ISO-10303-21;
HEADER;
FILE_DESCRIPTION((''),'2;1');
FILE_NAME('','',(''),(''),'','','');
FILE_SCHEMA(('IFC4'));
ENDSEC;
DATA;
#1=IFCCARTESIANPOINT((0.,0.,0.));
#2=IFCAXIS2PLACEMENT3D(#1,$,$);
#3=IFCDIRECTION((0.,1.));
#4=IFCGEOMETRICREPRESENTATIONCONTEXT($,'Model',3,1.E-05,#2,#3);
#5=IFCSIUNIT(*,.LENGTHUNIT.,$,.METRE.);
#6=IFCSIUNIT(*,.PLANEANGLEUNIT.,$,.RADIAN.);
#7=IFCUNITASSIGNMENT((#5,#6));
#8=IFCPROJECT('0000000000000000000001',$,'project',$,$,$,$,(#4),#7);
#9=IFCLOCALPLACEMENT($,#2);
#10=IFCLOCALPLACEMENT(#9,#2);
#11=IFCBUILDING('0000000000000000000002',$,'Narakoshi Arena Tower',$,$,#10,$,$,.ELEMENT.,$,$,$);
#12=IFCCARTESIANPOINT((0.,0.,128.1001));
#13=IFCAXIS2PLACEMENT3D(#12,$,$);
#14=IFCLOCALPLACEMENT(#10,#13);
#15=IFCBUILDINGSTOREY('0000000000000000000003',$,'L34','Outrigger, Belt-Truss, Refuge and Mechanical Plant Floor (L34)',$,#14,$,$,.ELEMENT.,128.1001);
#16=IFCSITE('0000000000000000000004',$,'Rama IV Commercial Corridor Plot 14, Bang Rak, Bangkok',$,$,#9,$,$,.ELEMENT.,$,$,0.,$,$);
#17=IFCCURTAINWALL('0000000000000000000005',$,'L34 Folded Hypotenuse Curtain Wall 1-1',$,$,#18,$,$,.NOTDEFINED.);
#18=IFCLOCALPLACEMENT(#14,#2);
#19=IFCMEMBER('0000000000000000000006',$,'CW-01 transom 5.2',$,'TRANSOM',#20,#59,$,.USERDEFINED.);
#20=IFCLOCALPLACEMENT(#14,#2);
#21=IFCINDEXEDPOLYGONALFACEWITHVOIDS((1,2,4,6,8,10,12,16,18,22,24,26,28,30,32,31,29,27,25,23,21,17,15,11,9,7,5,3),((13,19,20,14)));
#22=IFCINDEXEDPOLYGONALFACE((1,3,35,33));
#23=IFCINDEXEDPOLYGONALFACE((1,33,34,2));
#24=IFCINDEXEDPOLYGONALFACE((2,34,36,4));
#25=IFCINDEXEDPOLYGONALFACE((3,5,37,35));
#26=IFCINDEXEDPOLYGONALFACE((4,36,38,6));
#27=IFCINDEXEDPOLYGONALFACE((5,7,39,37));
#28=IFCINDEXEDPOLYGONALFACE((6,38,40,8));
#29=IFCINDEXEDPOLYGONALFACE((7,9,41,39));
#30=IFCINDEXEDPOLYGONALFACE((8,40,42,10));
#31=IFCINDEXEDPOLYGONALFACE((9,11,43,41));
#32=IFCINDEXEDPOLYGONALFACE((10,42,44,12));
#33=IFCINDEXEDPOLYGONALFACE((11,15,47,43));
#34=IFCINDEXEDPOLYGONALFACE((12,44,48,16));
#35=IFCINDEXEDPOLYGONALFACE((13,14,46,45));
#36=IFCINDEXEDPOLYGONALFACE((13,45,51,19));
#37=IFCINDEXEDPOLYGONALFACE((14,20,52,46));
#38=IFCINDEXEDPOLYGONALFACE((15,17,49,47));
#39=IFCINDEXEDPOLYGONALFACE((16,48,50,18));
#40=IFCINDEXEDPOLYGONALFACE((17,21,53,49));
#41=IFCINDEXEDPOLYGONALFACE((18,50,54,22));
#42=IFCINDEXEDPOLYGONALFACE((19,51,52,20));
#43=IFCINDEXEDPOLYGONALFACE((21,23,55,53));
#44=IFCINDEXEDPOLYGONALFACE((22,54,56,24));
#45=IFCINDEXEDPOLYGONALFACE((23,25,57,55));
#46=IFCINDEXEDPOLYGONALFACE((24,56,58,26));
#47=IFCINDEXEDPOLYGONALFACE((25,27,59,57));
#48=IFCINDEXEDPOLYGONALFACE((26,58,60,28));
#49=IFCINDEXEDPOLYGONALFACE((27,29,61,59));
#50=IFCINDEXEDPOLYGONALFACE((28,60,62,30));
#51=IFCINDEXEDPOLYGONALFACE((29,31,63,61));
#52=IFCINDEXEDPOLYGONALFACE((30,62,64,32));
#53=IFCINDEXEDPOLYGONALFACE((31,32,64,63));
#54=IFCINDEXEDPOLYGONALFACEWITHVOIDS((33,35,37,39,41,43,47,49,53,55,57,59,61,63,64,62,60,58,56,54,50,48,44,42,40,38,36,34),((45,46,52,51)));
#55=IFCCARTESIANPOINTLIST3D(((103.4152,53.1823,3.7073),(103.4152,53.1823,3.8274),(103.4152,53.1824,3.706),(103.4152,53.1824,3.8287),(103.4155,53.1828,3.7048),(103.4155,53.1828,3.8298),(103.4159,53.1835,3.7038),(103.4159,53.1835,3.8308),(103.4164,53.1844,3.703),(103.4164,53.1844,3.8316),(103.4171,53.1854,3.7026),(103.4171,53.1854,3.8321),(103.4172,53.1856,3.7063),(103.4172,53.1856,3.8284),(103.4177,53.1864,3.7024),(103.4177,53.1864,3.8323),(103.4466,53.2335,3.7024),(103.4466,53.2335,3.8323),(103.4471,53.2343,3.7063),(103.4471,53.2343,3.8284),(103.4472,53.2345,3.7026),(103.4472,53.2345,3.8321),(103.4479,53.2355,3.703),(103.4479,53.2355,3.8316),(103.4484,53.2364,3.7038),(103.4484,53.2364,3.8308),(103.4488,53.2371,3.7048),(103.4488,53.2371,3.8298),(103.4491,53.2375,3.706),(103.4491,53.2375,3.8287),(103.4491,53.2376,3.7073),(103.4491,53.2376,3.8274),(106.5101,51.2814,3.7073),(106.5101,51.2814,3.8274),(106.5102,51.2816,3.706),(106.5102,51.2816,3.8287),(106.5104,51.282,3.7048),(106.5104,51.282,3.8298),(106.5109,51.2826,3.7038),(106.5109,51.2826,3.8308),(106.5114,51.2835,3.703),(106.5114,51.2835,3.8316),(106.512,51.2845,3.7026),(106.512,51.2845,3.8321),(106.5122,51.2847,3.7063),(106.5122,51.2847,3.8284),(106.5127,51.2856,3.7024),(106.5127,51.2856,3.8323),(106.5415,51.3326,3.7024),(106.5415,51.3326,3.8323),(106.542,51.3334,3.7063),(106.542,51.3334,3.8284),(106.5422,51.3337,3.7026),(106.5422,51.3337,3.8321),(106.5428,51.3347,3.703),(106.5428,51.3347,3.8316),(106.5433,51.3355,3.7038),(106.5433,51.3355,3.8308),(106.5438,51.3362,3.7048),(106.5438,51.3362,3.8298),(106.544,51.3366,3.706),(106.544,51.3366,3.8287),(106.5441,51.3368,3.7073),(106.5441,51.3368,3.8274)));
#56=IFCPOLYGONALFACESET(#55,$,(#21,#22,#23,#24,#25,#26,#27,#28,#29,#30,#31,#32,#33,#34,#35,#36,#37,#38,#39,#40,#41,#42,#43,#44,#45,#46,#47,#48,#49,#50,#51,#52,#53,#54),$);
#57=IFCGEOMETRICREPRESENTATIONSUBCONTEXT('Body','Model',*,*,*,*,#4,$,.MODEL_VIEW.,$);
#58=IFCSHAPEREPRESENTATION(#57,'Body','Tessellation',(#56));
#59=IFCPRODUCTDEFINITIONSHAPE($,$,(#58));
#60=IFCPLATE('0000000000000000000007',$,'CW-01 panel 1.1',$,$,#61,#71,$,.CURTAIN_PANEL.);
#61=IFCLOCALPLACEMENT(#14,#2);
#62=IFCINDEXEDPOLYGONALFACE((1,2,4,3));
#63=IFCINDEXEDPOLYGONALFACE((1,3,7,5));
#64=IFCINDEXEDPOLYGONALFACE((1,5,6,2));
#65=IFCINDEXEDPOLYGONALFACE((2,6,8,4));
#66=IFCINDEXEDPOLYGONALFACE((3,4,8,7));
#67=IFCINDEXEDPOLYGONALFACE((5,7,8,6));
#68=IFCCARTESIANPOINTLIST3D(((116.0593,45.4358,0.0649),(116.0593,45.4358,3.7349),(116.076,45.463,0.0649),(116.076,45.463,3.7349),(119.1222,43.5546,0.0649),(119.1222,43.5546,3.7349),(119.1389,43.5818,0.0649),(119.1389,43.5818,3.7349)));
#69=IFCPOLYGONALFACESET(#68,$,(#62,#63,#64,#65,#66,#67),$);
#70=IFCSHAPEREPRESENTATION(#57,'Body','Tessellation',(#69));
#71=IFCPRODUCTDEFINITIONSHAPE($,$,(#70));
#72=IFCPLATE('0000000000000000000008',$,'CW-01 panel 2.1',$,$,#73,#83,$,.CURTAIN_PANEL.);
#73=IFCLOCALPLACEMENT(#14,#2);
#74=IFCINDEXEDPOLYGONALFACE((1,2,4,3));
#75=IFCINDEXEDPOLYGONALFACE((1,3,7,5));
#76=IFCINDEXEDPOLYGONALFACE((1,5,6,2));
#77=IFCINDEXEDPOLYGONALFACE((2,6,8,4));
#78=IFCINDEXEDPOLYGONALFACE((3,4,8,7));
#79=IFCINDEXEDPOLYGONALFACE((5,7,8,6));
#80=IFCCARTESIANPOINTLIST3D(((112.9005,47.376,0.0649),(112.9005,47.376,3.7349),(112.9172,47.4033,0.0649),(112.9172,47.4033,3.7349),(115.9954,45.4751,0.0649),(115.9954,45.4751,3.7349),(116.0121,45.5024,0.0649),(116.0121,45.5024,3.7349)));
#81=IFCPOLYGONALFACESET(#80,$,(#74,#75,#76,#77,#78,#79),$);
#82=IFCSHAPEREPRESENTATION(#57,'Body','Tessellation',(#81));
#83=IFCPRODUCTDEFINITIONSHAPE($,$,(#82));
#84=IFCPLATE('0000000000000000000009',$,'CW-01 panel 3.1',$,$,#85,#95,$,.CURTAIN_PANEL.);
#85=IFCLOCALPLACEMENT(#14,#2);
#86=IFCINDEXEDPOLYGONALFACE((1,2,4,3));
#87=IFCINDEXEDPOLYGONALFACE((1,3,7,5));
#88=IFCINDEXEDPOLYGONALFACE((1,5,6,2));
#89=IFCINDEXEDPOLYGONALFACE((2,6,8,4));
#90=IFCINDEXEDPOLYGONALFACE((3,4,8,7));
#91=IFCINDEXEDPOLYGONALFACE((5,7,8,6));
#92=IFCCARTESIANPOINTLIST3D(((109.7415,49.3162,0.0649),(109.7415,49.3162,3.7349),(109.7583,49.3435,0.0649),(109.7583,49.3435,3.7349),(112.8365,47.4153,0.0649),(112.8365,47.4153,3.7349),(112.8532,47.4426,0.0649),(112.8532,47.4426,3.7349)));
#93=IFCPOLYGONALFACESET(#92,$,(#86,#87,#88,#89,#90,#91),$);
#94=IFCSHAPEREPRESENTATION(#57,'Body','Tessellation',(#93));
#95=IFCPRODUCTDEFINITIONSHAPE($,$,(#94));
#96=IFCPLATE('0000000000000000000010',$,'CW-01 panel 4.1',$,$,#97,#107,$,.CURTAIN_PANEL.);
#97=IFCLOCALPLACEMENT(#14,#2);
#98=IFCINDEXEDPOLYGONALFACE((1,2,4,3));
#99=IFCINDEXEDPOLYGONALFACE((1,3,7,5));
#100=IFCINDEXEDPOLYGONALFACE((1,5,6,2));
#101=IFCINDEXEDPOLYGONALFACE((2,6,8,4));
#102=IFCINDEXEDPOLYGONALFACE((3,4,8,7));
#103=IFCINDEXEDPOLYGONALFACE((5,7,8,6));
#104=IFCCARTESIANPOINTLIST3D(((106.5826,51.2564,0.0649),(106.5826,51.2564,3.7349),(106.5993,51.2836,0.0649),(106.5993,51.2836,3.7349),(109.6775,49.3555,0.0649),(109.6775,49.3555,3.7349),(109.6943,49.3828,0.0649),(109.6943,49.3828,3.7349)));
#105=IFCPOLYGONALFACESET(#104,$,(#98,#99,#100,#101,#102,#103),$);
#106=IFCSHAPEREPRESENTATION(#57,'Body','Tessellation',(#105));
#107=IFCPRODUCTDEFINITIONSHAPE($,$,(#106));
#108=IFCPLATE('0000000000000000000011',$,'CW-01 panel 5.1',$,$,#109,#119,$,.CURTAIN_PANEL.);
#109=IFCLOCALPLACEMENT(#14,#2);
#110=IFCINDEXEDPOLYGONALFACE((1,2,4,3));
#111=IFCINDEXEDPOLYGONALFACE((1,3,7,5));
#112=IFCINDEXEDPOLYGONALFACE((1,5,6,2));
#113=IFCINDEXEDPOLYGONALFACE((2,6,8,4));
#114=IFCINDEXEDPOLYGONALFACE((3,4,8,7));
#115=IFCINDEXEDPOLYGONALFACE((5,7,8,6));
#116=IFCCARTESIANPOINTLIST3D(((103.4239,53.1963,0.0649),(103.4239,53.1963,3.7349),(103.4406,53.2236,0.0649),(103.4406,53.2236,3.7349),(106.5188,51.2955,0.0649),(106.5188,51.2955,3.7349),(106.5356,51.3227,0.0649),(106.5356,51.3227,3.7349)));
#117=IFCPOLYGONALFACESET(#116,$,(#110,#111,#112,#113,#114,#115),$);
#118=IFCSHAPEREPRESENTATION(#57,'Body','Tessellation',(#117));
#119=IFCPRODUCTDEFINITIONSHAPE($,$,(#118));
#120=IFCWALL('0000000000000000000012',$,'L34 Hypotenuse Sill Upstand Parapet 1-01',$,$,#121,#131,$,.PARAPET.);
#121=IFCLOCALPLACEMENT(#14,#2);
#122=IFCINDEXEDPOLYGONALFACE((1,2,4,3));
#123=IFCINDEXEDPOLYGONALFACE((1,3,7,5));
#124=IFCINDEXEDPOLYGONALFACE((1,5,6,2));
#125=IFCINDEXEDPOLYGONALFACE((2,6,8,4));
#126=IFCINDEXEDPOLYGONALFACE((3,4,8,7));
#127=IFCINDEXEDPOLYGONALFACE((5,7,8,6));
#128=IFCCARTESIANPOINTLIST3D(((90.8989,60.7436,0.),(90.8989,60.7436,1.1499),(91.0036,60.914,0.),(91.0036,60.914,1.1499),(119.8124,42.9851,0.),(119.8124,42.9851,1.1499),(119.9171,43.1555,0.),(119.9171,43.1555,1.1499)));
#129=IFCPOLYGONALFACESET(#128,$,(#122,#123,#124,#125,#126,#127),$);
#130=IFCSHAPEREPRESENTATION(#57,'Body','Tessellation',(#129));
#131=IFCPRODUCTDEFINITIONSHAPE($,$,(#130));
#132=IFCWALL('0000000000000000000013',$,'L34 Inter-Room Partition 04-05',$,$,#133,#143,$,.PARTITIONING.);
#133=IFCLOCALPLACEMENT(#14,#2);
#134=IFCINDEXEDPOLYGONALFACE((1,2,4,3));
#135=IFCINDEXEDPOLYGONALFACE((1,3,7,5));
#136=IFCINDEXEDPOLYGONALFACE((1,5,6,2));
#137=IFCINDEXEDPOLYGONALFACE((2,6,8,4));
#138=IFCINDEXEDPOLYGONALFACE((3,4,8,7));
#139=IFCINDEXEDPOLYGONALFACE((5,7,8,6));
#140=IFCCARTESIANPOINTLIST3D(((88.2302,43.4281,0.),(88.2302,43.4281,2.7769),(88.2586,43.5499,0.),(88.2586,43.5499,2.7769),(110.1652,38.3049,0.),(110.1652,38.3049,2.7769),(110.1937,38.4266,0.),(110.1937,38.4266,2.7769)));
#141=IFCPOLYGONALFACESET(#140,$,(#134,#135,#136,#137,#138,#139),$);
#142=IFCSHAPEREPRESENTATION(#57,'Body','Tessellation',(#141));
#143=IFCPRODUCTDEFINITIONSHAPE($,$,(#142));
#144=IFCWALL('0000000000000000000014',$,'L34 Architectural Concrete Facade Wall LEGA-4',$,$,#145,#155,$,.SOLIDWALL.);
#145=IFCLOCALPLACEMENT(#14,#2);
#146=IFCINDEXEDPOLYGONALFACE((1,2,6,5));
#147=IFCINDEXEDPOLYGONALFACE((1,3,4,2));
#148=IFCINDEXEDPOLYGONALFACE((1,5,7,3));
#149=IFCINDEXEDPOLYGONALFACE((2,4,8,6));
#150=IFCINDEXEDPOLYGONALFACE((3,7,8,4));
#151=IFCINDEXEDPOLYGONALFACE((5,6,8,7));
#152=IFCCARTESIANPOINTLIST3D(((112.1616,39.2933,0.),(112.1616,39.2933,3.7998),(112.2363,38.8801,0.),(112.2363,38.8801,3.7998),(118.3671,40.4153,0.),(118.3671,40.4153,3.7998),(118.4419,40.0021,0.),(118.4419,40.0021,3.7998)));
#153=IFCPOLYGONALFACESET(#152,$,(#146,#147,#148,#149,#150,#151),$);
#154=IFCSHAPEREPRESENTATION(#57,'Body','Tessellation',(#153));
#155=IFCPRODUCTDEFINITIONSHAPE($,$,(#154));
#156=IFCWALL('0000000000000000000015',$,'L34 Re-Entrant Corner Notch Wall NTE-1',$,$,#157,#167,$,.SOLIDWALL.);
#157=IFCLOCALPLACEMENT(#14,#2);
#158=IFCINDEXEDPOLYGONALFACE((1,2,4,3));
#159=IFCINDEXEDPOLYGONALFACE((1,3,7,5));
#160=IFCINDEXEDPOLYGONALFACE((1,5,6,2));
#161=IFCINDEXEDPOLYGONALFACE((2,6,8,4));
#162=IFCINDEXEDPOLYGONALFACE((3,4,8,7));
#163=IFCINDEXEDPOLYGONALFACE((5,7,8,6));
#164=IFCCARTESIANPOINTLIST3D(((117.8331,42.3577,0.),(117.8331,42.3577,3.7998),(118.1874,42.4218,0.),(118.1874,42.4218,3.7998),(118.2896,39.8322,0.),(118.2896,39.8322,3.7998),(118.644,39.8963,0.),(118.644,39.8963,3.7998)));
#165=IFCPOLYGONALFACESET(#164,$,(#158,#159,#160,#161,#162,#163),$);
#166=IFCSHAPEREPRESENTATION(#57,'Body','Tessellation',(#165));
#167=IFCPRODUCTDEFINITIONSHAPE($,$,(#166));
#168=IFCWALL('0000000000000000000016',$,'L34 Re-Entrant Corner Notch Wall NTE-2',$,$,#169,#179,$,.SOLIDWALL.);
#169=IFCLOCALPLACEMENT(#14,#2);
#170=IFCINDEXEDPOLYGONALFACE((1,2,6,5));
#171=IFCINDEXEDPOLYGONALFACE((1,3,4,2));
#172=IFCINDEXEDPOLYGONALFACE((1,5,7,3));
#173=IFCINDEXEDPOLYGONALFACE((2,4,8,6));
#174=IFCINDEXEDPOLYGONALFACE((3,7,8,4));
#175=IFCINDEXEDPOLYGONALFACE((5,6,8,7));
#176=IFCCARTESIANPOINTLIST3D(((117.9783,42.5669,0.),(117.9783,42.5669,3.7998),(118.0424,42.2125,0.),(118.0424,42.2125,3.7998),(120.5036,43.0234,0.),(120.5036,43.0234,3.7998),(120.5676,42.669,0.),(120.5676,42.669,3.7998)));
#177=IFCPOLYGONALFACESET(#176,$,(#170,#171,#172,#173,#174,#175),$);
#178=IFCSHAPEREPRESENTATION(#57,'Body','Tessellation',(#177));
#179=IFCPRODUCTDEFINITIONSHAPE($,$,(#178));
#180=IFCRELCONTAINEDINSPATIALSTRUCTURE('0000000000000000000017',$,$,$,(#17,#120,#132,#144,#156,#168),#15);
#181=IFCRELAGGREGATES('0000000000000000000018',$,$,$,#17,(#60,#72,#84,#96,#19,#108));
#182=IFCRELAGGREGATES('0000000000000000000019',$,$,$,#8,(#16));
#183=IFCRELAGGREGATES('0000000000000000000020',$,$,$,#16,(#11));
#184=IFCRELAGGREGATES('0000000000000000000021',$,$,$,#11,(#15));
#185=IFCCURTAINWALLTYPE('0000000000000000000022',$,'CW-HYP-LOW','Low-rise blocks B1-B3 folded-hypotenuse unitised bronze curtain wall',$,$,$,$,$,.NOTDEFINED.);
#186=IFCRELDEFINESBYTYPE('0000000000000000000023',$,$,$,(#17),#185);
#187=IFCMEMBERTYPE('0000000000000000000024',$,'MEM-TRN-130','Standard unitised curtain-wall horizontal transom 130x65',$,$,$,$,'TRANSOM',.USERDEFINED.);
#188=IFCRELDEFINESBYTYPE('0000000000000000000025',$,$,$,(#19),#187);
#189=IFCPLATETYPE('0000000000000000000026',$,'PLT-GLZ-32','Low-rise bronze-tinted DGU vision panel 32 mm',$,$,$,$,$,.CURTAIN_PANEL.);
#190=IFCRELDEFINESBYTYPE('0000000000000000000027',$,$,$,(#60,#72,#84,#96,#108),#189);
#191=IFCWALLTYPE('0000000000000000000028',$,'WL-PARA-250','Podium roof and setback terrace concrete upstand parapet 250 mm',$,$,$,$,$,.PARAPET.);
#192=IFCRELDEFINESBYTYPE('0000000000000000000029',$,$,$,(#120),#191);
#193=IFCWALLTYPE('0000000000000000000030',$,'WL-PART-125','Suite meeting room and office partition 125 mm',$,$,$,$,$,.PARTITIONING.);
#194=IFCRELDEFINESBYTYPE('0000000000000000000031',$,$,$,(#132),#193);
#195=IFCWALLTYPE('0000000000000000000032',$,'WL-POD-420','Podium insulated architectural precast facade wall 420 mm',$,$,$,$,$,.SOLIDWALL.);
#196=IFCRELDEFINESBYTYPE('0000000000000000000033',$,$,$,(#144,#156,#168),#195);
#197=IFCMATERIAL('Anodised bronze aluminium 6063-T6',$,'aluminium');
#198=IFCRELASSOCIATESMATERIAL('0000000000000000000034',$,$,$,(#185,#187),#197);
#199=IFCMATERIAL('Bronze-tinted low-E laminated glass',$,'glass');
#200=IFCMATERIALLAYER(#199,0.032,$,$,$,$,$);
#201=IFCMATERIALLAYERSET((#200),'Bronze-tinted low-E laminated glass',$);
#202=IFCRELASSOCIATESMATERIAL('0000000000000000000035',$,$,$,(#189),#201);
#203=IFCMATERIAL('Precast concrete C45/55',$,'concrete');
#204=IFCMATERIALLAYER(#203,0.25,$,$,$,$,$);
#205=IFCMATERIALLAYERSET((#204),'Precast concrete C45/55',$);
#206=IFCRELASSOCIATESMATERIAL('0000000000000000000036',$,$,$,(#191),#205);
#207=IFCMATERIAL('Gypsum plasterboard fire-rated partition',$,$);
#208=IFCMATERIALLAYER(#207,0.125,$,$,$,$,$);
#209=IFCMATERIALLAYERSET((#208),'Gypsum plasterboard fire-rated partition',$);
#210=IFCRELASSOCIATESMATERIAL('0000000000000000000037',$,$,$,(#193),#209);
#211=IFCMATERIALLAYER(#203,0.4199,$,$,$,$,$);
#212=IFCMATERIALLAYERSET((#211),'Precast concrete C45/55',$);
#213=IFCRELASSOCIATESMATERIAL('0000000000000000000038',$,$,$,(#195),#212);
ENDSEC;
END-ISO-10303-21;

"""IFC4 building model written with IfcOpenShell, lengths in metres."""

from ifc_helpers import new_model, si_unit, direction, frame, frame_2d, origin, origin_2d, place, context, subcontext, project, spatial, rectangle, hollow_rectangle, extrude, material, layer, layer_set, material_profile, profile_set, type_object, element, aggregate, save


model = new_model("IFC4")

# Units and contexts
model_context = context("Model", 3, precision=1e-05, world=origin(), true_north=direction((0.0, 1.0)))
body_context = subcontext(model_context, "Body", "Model", "MODEL_VIEW")
ifc_project = project(units=[si_unit("LENGTHUNIT", "METRE"), si_unit("PLANEANGLEUNIT", "RADIAN")], contexts=[model_context])

# Site, building, storey
site_placement = place(None, origin())
site = spatial("IfcSite", under=ifc_project, at=site_placement, Name="Rama IV Commercial Corridor Plot 14, Bang Rak, Bangkok", CompositionType="ELEMENT", RefElevation=0.0)
building_placement = place(site_placement, origin())
building = spatial("IfcBuilding", under=site, at=building_placement, Name="Narakoshi Arena Tower", CompositionType="ELEMENT")
storey_placement = place(building_placement, frame((0.0, 0.0, 128.1001)))
storey = spatial("IfcBuildingStorey", under=building, at=storey_placement, Name="L34", Description="Outrigger, Belt-Truss, Refuge and Mechanical Plant Floor (L34)", CompositionType="ELEMENT", Elevation=128.1001)

# Curtain wall, member, plates
ifc_material_1 = material(Name="Anodised bronze aluminium 6063-T6", Category="aluminium")
curtain_wall_type = type_object("IfcCurtainWallType", Name="CW-HYP-LOW", Description="Low-rise blocks B1-B3 folded-hypotenuse unitised bronze curtain wall", PredefinedType="NOTDEFINED", material=ifc_material_1)
curtain_wall_placement = place(storey_placement, origin())
curtain_wall = element("IfcCurtainWall", 1, at=curtain_wall_placement, inside=storey, type_object=curtain_wall_type, Name="L34 Folded Hypotenuse Curtain Wall 1-1", PredefinedType="NOTDEFINED")
ifc_material_profile_1 = material_profile(ifc_material_1, hollow_rectangle(XDim=0.0649, YDim=0.1299, WallThickness=0.0039, OuterFilletRadius=0.0049, at=origin_2d()), Name="TRN130x65x4")
ifc_profile_set_1 = profile_set([ifc_material_profile_1], Name="Anodised bronze aluminium 6063-T6")
member_type_1 = type_object("IfcMemberType", Name="MEM-TRN-130", Description="Standard unitised curtain-wall horizontal transom 130x65", ElementType="TRANSOM", PredefinedType="USERDEFINED", material=ifc_profile_set_1)
member_1_placement = place(storey_placement, frame((106.5271, 51.3091, 3.7673), z_axis=(-0.852115, 0.523355, 0.0), x_axis=(-0.523355, -0.852115, 0.0)))
member_1 = element("IfcMember", 2, at=member_1_placement, type_object=member_type_1, Name="CW-01 transom 5.2", ObjectType="TRANSOM", PredefinedType="USERDEFINED", context=body_context, shape_type="SweptSolid", body=[
    extrude(hollow_rectangle(XDim=0.0649, YDim=0.1299, WallThickness=0.0039, OuterFilletRadius=0.0049, at=origin_2d()), origin(), (0.0, 0.0, 1.0), 3.6321),
])
ifc_material_2 = material(Name="Bronze-tinted low-E laminated glass", Category="glass")
ifc_layer_1 = layer(ifc_material_2, 0.032)
ifc_layer_set_1 = layer_set([ifc_layer_1], Name="Bronze-tinted low-E laminated glass")
plate_type = type_object("IfcPlateType", Name="PLT-GLZ-32", Description="Low-rise bronze-tinted DGU vision panel 32 mm", PredefinedType="CURTAIN_PANEL", material=ifc_layer_set_1)
plate_1_placement = place(storey_placement, frame((117.5991, 44.5088, 0.0649), z_axis=(0.0, 0.0, 1.0), x_axis=(-0.852113, 0.523358, 0.0)))
plate_1 = element("IfcPlate", 3, at=plate_1_placement, type_object=plate_type, Name="CW-01 panel 1.1", PredefinedType="CURTAIN_PANEL", context=body_context, shape_type="SweptSolid", body=[
    extrude(rectangle(XDim=3.5945, YDim=0.032, at=origin_2d()), origin(), (0.0, 0.0, 1.0), 3.6699),
])
plate_2_placement = place(storey_placement, frame((114.4563, 46.4392, 0.0649), z_axis=(0.0, 0.0, 1.0), x_axis=(-0.852113, 0.523358, 0.0)))
plate_2 = element("IfcPlate", 4, at=plate_2_placement, type_object=plate_type, Name="CW-01 panel 2.1", PredefinedType="CURTAIN_PANEL", context=body_context, shape_type="SweptSolid", body=[
    extrude(rectangle(XDim=3.6321, YDim=0.032, at=origin_2d()), origin(), (0.0, 0.0, 1.0), 3.6699),
])
plate_3_placement = place(storey_placement, frame((111.2974, 48.3794, 0.0649), z_axis=(0.0, 0.0, 1.0), x_axis=(-0.852113, 0.523358, 0.0)))
plate_3 = element("IfcPlate", 5, at=plate_3_placement, type_object=plate_type, Name="CW-01 panel 3.1", PredefinedType="CURTAIN_PANEL", context=body_context, shape_type="SweptSolid", body=[
    extrude(rectangle(XDim=3.6321, YDim=0.032, at=origin_2d()), origin(), (0.0, 0.0, 1.0), 3.6699),
])
plate_4_placement = place(storey_placement, frame((108.1384, 50.3196, 0.0649), z_axis=(0.0, 0.0, 1.0), x_axis=(-0.852113, 0.523358, 0.0)))
plate_4 = element("IfcPlate", 6, at=plate_4_placement, type_object=plate_type, Name="CW-01 panel 4.1", PredefinedType="CURTAIN_PANEL", context=body_context, shape_type="SweptSolid", body=[
    extrude(rectangle(XDim=3.6321, YDim=0.032, at=origin_2d()), origin(), (0.0, 0.0, 1.0), 3.6699),
])
plate_5_placement = place(storey_placement, frame((104.9797, 52.2595, 0.0649), z_axis=(0.0, 0.0, 1.0), x_axis=(-0.852113, 0.523358, 0.0)))
plate_5 = element("IfcPlate", 7, at=plate_5_placement, type_object=plate_type, Name="CW-01 panel 5.1", PredefinedType="CURTAIN_PANEL", context=body_context, shape_type="SweptSolid", body=[
    extrude(rectangle(XDim=3.6321, YDim=0.032, at=origin_2d()), origin(), (0.0, 0.0, 1.0), 3.6699),
])
aggregate(curtain_wall, [plate_1, plate_2, plate_3, plate_4, member_1, plate_5])

# Walls
ifc_material_3 = material(Name="Precast concrete C45/55", Category="concrete")
ifc_layer_2 = layer(ifc_material_3, 0.25)
ifc_layer_set_2 = layer_set([ifc_layer_2], Name="Precast concrete C45/55")
wall_type_1 = type_object("IfcWallType", Name="WL-PARA-250", Description="Podium roof and setback terrace concrete upstand parapet 250 mm", PredefinedType="PARAPET", material=ifc_layer_set_2)
wall_1_placement = place(storey_placement, frame((119.8647, 43.0703, 0.0), z_axis=(0.0, 0.0, 1.0), x_axis=(-0.852111, 0.523361, 0.0)))
element("IfcWall", 8, at=wall_1_placement, inside=storey, type_object=wall_type_1, Name="L34 Hypotenuse Sill Upstand Parapet 1-01", PredefinedType="PARAPET", context=body_context, shape_type="SweptSolid", body=[
    extrude(rectangle(XDim=33.9316, YDim=0.2, at=frame_2d((16.9658, 0.0))), origin(), (0.0, 0.0, 1.0), 1.1499),
])
ifc_material_4 = material(Name="Gypsum plasterboard fire-rated partition")
ifc_layer_3 = layer(ifc_material_4, 0.125)
ifc_layer_set_3 = layer_set([ifc_layer_3], Name="Gypsum plasterboard fire-rated partition")
wall_type_2 = type_object("IfcWallType", Name="WL-PART-125", Description="Suite meeting room and office partition 125 mm", PredefinedType="PARTITIONING", material=ifc_layer_set_3)
wall_2_placement = place(storey_placement, frame((110.1794, 38.3657, 0.0), z_axis=(0.0, 0.0, 1.0), x_axis=(-0.973791, 0.227445, 0.0)))
element("IfcWall", 9, at=wall_2_placement, inside=storey, type_object=wall_type_2, Name="L34 Inter-Room Partition 04-05", PredefinedType="PARTITIONING", context=body_context, shape_type="SweptSolid", body=[
    extrude(rectangle(XDim=22.5254, YDim=0.125, at=frame_2d((11.2627, 0.0))), origin(), (0.0, 0.0, 1.0), 2.7769),
])
ifc_layer_4 = layer(ifc_material_3, 0.4199)
ifc_layer_set_4 = layer_set([ifc_layer_4], Name="Precast concrete C45/55")
wall_type_3 = type_object("IfcWallType", Name="WL-POD-420", Description="Podium insulated architectural precast facade wall 420 mm", PredefinedType="SOLIDWALL", material=ifc_layer_set_4)
wall_3_placement = place(storey_placement, frame((112.199, 39.0867, 0.0), z_axis=(0.0, 0.0, 1.0), x_axis=(0.984043, 0.177931, 0.0)))
element("IfcWall", 10, at=wall_3_placement, inside=storey, type_object=wall_type_3, Name="L34 Architectural Concrete Facade Wall LEGA-4", PredefinedType="SOLIDWALL", context=body_context, shape_type="SweptSolid", body=[
    extrude(rectangle(XDim=6.3062, YDim=0.4199, at=frame_2d((3.1531, 0.0))), origin(), (0.0, 0.0, 1.0), 3.7998),
])
wall_4_placement = place(storey_placement, frame((118.4668, 39.8643, 0.0), z_axis=(0.0, 0.0, 1.0), x_axis=(-0.177897, 0.984049, 0.0)))
element("IfcWall", 11, at=wall_4_placement, inside=storey, type_object=wall_type_3, Name="L34 Re-Entrant Corner Notch Wall NTE-1", PredefinedType="SOLIDWALL", context=body_context, shape_type="SweptSolid", body=[
    extrude(rectangle(XDim=2.5664, YDim=0.3601, at=frame_2d((1.2832, 0.0))), origin(), (0.0, 0.0, 1.0), 3.7998),
])
wall_5_placement = place(storey_placement, frame((118.0103, 42.3896, 0.0), z_axis=(0.0, 0.0, 1.0), x_axis=(0.984046, 0.177914, 0.0)))
element("IfcWall", 12, at=wall_5_placement, inside=storey, type_object=wall_type_3, Name="L34 Re-Entrant Corner Notch Wall NTE-2", PredefinedType="SOLIDWALL", context=body_context, shape_type="SweptSolid", body=[
    extrude(rectangle(XDim=2.5662, YDim=0.3601, at=frame_2d((1.2832, 0.0))), origin(), (0.0, 0.0, 1.0), 3.7998),
])

save(model, "model.ifc")
